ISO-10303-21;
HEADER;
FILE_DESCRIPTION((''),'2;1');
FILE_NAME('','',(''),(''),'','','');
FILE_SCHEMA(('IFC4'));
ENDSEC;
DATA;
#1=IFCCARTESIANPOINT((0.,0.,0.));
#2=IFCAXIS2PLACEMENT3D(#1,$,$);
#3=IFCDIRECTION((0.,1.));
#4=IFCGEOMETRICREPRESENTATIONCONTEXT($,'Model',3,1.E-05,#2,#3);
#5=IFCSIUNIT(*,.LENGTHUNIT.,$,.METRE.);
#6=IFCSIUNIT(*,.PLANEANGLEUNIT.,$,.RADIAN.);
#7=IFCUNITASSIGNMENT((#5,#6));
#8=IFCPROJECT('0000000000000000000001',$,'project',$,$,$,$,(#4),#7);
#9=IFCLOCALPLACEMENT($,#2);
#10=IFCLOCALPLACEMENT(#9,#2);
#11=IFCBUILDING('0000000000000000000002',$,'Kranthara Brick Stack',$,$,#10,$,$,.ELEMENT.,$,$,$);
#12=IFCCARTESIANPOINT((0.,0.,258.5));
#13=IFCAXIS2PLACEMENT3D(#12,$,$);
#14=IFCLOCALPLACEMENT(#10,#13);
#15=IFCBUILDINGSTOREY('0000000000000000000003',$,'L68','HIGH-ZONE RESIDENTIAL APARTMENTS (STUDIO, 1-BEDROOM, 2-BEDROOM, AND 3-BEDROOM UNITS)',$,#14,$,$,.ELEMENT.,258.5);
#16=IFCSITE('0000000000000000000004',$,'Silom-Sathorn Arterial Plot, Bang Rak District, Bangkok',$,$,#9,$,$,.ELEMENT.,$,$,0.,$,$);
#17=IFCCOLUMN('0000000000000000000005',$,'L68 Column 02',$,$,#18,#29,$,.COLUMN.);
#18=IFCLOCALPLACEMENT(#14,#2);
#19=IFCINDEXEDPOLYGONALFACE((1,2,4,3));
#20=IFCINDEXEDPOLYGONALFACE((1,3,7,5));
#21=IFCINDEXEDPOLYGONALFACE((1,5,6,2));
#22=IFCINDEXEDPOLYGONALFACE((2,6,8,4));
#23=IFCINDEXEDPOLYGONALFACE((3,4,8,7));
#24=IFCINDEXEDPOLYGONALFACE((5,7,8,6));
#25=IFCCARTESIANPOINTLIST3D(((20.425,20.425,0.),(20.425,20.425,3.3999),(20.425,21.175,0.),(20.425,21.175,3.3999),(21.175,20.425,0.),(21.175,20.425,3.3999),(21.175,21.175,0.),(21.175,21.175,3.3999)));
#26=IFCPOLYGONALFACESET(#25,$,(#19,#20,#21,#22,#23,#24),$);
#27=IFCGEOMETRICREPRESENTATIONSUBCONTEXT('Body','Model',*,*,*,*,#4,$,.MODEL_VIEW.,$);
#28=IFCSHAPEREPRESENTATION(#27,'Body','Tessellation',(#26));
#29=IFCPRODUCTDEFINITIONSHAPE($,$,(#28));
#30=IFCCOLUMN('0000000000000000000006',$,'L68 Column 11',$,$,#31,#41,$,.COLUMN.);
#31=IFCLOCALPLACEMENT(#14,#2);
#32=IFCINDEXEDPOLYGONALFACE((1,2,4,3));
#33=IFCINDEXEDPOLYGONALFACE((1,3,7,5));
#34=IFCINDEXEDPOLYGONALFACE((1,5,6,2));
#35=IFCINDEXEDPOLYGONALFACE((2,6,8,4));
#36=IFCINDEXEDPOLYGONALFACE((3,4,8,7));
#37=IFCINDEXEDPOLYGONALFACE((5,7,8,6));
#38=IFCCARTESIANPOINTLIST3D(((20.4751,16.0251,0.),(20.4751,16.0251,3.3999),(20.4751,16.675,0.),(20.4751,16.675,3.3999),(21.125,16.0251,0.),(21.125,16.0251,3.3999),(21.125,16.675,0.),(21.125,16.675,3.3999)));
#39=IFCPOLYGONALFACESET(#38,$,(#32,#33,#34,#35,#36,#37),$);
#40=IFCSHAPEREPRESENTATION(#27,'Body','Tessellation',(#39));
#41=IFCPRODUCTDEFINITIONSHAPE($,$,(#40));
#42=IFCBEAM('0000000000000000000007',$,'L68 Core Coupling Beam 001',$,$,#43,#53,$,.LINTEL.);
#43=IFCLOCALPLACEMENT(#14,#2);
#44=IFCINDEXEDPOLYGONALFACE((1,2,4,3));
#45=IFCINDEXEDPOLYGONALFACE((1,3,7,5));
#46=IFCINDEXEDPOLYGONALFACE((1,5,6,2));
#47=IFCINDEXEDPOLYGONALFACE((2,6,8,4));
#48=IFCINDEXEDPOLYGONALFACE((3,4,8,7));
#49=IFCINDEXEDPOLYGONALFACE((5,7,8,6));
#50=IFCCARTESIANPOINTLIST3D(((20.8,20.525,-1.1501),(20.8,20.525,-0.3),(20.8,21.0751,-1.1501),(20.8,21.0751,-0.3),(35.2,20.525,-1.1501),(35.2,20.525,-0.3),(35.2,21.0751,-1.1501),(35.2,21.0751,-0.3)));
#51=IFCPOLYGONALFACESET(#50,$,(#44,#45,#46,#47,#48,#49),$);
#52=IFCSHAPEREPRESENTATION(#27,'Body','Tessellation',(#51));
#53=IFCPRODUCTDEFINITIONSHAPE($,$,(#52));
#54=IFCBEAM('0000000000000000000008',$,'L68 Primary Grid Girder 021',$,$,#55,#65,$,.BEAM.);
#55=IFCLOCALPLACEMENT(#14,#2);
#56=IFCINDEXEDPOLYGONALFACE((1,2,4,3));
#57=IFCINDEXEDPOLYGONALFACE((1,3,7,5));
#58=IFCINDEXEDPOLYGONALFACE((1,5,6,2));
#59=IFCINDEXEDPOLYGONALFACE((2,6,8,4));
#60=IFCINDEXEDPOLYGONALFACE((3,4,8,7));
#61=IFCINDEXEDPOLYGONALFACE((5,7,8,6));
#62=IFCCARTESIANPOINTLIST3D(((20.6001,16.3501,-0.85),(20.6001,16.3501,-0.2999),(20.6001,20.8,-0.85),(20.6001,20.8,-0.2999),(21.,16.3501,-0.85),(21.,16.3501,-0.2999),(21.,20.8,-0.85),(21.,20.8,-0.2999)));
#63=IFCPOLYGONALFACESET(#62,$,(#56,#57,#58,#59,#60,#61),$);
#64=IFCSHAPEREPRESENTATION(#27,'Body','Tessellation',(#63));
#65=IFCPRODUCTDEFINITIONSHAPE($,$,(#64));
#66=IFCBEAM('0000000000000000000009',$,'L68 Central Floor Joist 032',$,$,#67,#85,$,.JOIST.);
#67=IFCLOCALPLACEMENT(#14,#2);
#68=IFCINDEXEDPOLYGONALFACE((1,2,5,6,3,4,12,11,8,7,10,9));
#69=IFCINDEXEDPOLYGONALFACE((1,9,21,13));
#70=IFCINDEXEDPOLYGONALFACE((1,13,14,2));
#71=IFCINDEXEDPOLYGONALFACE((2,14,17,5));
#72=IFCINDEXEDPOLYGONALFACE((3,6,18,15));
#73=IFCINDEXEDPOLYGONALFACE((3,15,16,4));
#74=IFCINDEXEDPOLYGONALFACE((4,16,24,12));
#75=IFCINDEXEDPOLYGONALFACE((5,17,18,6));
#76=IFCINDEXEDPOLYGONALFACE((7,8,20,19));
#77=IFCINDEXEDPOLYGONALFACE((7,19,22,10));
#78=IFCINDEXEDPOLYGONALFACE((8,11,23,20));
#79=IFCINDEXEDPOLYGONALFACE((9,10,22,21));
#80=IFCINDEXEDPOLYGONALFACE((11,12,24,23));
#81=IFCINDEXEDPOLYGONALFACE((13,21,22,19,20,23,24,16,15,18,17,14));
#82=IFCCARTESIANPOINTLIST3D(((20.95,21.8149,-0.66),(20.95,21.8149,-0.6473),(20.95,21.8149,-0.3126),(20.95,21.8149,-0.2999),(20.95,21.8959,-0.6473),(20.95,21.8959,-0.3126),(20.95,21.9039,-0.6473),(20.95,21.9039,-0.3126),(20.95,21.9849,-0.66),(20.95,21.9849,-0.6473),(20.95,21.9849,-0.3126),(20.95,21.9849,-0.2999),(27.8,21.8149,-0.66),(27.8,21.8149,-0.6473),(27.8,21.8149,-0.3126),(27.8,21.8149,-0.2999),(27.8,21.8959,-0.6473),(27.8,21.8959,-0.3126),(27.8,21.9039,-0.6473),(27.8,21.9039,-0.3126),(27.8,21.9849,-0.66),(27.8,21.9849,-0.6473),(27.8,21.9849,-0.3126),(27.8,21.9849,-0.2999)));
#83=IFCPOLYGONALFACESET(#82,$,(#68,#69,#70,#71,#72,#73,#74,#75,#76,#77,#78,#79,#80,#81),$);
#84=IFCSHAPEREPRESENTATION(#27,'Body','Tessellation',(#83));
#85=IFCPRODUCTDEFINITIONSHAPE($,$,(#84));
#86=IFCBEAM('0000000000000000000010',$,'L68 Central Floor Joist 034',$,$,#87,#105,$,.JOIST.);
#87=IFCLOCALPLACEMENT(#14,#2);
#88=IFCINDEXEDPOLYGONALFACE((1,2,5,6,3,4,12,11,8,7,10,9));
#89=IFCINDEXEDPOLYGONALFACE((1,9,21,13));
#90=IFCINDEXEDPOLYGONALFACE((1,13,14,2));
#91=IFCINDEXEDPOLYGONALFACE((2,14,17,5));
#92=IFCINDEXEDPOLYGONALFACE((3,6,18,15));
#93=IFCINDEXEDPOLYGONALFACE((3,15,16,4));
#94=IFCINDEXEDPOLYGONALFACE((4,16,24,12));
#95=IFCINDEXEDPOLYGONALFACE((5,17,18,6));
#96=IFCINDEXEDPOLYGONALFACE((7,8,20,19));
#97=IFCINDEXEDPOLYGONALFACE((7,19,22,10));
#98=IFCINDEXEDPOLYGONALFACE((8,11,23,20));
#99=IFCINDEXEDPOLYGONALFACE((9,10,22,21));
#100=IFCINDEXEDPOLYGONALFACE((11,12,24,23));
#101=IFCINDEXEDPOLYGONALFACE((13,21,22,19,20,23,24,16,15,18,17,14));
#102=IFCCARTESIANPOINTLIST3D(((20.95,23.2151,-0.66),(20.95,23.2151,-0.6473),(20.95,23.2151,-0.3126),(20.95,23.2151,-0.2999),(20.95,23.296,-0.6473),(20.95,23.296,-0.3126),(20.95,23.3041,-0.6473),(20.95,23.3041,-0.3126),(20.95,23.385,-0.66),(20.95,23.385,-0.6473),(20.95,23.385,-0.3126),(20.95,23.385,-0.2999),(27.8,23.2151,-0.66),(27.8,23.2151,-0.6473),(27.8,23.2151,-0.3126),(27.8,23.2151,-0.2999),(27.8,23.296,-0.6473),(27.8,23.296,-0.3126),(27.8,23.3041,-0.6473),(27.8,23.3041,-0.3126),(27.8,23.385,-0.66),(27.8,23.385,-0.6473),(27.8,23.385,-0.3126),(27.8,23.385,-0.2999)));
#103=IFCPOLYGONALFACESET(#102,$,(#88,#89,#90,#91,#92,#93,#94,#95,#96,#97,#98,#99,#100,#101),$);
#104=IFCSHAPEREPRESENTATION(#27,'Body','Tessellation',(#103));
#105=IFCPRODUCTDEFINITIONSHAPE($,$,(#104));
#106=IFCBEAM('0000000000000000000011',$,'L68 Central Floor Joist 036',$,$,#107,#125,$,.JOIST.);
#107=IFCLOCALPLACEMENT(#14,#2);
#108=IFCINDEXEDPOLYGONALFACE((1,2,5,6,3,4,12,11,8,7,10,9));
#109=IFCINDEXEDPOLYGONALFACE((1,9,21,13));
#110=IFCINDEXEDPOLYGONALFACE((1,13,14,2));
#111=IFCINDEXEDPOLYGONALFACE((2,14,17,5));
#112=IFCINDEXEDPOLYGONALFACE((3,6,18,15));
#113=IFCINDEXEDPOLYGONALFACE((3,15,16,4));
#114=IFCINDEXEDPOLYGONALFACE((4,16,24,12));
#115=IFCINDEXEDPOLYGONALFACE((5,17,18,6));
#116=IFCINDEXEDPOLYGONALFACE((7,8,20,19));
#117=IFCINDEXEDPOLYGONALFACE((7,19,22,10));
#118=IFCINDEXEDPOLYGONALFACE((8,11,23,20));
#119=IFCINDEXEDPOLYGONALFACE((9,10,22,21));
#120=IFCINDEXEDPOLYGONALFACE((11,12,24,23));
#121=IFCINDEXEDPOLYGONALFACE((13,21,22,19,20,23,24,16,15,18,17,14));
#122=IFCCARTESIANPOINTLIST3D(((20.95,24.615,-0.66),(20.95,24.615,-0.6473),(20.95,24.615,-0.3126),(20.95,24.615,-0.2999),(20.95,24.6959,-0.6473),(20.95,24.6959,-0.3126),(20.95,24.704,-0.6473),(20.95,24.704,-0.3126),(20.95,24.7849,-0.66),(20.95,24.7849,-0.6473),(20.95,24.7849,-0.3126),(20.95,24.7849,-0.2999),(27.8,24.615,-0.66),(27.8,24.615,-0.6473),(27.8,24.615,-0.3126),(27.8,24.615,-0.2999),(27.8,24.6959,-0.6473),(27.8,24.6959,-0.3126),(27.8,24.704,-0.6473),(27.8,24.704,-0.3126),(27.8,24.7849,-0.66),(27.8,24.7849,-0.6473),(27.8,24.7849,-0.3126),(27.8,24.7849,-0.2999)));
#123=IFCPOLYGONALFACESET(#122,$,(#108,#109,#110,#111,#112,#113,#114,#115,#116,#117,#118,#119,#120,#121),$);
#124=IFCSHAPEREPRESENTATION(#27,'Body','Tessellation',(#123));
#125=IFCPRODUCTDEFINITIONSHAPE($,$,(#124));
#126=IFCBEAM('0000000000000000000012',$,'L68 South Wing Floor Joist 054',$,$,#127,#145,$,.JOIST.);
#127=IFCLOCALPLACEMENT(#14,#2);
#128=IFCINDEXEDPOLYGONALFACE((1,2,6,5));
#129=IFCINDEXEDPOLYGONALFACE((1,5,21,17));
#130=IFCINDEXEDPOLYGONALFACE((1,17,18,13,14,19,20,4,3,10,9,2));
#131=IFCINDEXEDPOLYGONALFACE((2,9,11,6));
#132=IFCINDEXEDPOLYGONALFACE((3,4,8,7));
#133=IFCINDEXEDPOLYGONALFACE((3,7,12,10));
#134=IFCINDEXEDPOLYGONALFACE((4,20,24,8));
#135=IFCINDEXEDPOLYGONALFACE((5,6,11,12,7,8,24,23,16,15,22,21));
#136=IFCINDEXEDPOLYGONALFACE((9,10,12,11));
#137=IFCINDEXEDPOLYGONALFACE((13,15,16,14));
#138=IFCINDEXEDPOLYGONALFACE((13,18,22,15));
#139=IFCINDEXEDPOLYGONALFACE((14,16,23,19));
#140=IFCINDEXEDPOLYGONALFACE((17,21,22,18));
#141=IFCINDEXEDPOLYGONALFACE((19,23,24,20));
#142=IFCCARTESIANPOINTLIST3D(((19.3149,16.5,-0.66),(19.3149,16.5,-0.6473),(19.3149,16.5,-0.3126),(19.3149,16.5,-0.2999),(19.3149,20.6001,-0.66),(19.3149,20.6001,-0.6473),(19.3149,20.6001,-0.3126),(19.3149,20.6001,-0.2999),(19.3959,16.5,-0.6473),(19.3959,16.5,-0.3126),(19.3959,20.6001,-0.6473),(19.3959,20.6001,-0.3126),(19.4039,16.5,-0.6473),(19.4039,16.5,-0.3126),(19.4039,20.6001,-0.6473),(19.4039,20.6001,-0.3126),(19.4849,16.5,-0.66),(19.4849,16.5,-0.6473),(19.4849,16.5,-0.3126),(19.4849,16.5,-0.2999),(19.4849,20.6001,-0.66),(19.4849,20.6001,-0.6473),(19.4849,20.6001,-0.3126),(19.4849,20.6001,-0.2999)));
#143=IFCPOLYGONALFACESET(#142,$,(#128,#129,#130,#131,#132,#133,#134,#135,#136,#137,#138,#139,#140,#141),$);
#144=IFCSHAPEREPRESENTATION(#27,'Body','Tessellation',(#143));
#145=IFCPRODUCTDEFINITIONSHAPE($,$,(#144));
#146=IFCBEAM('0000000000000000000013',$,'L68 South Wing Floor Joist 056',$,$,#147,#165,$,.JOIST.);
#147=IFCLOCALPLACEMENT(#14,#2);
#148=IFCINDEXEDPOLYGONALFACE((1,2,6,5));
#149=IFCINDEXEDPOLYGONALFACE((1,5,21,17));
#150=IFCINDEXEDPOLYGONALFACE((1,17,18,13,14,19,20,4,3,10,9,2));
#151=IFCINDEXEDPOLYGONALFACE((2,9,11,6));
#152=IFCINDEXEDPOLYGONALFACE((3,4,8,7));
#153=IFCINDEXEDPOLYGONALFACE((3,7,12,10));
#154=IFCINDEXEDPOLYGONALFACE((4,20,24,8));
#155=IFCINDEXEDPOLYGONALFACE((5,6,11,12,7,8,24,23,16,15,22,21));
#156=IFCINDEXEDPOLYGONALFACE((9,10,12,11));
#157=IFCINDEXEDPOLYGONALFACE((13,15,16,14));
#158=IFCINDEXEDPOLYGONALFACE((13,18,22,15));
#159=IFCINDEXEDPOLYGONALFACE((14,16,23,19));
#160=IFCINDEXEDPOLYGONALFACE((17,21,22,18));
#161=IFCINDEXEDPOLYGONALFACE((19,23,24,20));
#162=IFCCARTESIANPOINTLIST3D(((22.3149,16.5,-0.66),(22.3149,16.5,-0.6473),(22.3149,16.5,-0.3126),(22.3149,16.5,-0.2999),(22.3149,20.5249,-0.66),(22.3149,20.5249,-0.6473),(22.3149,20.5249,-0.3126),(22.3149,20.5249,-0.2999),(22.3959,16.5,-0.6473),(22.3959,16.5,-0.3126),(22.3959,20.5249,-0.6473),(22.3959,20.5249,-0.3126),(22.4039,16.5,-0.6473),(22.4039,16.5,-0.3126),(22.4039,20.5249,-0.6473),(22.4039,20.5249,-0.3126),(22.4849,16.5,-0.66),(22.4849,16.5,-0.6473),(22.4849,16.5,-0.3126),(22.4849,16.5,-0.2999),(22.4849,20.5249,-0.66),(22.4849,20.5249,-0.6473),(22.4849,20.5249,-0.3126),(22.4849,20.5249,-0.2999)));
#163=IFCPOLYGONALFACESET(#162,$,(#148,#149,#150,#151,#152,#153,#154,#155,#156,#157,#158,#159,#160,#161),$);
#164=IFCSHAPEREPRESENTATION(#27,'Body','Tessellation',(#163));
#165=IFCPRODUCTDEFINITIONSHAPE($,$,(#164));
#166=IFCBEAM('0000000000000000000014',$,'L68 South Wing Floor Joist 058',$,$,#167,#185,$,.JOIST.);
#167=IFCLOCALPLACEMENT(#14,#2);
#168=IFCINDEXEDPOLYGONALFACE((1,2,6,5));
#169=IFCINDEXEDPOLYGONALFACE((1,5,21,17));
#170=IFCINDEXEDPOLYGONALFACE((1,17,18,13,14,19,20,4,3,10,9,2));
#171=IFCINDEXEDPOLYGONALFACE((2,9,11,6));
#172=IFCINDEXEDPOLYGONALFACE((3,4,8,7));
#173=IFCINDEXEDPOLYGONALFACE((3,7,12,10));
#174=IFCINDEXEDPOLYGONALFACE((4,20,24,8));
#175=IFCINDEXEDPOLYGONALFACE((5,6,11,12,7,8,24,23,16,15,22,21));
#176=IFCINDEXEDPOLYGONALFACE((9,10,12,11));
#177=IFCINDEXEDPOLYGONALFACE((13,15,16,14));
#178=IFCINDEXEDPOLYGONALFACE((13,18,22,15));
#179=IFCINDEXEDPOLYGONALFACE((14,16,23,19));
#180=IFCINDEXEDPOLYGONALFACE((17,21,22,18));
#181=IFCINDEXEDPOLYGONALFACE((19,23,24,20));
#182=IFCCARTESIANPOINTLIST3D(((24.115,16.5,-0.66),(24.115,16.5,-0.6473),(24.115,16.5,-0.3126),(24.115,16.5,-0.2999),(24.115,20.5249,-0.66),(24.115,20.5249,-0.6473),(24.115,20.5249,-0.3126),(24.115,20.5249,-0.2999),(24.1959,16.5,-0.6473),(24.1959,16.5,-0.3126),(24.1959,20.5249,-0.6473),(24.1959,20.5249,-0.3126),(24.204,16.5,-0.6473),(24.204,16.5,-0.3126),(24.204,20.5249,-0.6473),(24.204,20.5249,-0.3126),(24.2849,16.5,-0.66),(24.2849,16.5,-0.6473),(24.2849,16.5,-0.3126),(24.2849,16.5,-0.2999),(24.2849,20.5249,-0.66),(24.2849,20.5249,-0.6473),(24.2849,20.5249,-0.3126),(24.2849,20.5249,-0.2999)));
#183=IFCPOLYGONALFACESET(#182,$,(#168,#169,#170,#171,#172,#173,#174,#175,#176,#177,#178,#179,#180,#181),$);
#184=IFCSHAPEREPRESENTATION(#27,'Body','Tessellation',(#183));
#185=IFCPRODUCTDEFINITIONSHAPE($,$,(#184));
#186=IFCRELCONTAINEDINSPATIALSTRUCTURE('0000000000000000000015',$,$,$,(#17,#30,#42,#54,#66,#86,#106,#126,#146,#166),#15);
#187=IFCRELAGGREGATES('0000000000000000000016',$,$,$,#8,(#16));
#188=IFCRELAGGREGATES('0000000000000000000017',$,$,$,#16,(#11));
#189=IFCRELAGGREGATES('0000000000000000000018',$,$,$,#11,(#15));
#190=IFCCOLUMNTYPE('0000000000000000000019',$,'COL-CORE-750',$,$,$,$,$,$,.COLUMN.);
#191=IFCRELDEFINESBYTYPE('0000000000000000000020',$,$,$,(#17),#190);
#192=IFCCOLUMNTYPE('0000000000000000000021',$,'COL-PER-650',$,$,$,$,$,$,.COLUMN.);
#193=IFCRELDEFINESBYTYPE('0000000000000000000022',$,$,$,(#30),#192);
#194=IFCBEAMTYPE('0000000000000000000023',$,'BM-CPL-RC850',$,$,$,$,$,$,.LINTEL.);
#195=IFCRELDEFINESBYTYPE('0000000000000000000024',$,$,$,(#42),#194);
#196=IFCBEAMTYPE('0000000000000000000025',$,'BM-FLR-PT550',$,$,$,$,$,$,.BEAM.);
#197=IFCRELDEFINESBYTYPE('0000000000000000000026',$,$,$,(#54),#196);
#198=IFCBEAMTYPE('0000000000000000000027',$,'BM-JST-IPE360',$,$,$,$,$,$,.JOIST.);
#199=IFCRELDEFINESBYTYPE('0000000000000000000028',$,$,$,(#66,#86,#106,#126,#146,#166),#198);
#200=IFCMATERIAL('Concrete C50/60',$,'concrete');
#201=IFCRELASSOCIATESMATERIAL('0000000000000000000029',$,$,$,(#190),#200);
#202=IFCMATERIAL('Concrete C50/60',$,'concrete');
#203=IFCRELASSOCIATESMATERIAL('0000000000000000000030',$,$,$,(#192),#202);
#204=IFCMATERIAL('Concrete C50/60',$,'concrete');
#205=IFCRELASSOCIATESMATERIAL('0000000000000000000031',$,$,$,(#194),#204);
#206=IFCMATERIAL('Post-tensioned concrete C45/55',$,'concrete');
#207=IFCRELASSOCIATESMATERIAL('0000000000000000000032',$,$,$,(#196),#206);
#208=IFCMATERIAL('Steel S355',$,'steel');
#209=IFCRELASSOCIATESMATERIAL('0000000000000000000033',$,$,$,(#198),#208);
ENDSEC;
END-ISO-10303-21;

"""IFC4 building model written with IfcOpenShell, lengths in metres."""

from ifc_helpers import new_model, si_unit, direction, frame, origin, origin_2d, place, context, subcontext, project, spatial, rectangle, i_section, extrude, material, material_profile, profile_set, type_object, element, save


model = new_model("IFC4")

# Units and contexts
model_context = context("Model", 3, precision=1e-05, world=origin(), true_north=direction((0.0, 1.0)))
body_context = subcontext(model_context, "Body", "Model", "MODEL_VIEW")
ifc_project = project(units=[si_unit("LENGTHUNIT", "METRE"), si_unit("PLANEANGLEUNIT", "RADIAN")], contexts=[model_context])

# Site, building, storey
site_placement = place(None, origin())
site = spatial("IfcSite", under=ifc_project, at=site_placement, Name="Silom-Sathorn Arterial Plot, Bang Rak District, Bangkok", CompositionType="ELEMENT", RefElevation=0.0)
building_placement = place(site_placement, origin())
building = spatial("IfcBuilding", under=site, at=building_placement, Name="Kranthara Brick Stack", CompositionType="ELEMENT")
storey_placement = place(building_placement, frame((0.0, 0.0, 258.5)))
storey = spatial("IfcBuildingStorey", under=building, at=storey_placement, Name="L68", Description="HIGH-ZONE RESIDENTIAL APARTMENTS (STUDIO, 1-BEDROOM, 2-BEDROOM, AND 3-BEDROOM UNITS)", CompositionType="ELEMENT", Elevation=258.5)

# Columns
ifc_material_1 = material(Name="Concrete C50/60", Category="concrete")
ifc_material_profile_1 = material_profile(ifc_material_1, rectangle(XDim=0.75, YDim=0.75, at=origin_2d()), Name="RC 750x750")
ifc_profile_set_1 = profile_set([ifc_material_profile_1], Name="Concrete C50/60")
column_type_1 = type_object("IfcColumnType", Name="COL-CORE-750", PredefinedType="COLUMN", material=ifc_profile_set_1)
column_1_placement = place(storey_placement, frame((20.8, 20.8, 0.0), z_axis=(0.0, 0.0, 1.0), x_axis=(1.0, 0.0, 0.0)))
element("IfcColumn", 1, at=column_1_placement, inside=storey, type_object=column_type_1, Name="L68 Column 02", PredefinedType="COLUMN", context=body_context, shape_type="SweptSolid", body=[
    extrude(rectangle(XDim=0.75, YDim=0.75, at=origin_2d()), origin(), (0.0, 0.0, 1.0), 3.3999),
])
ifc_material_2 = material(Name="Concrete C50/60", Category="concrete")
ifc_material_profile_2 = material_profile(ifc_material_2, rectangle(XDim=0.6499, YDim=0.6499, at=origin_2d()), Name="RC 650x650")
ifc_profile_set_2 = profile_set([ifc_material_profile_2], Name="Concrete C50/60")
column_type_2 = type_object("IfcColumnType", Name="COL-PER-650", PredefinedType="COLUMN", material=ifc_profile_set_2)
column_2_placement = place(storey_placement, frame((20.8, 16.3501, 0.0), z_axis=(0.0, 0.0, 1.0), x_axis=(1.0, 0.0, 0.0)))
element("IfcColumn", 2, at=column_2_placement, inside=storey, type_object=column_type_2, Name="L68 Column 11", PredefinedType="COLUMN", context=body_context, shape_type="SweptSolid", body=[
    extrude(rectangle(XDim=0.6499, YDim=0.6499, at=origin_2d()), origin(), (0.0, 0.0, 1.0), 3.3999),
])

# Beams
ifc_material_3 = material(Name="Concrete C50/60", Category="concrete")
ifc_material_profile_3 = material_profile(ifc_material_3, rectangle(XDim=0.55, YDim=0.8501, at=origin_2d()), Name="RC 550x850")
ifc_profile_set_3 = profile_set([ifc_material_profile_3], Name="Concrete C50/60")
beam_type_1 = type_object("IfcBeamType", Name="BM-CPL-RC850", PredefinedType="LINTEL", material=ifc_profile_set_3)
beam_1_placement = place(storey_placement, frame((20.8, 20.8, -0.7251), z_axis=(1.0, 0.0, 0.0), x_axis=(0.0, 1.0, 0.0)))
element("IfcBeam", 3, at=beam_1_placement, inside=storey, type_object=beam_type_1, Name="L68 Core Coupling Beam 001", PredefinedType="LINTEL", context=body_context, shape_type="SweptSolid", body=[
    extrude(rectangle(XDim=0.55, YDim=0.8501, at=origin_2d()), origin(), (0.0, 0.0, 1.0), 14.3999),
])
ifc_material_4 = material(Name="Post-tensioned concrete C45/55", Category="concrete")
ifc_material_profile_4 = material_profile(ifc_material_4, rectangle(XDim=0.3999, YDim=0.55, at=origin_2d()), Name="PT 400x550")
ifc_profile_set_4 = profile_set([ifc_material_profile_4], Name="Post-tensioned concrete C45/55")
beam_type_2 = type_object("IfcBeamType", Name="BM-FLR-PT550", PredefinedType="BEAM", material=ifc_profile_set_4)
beam_2_placement = place(storey_placement, frame((20.8, 16.3501, -0.575), z_axis=(0.0, 1.0, 0.0), x_axis=(-1.0, 0.0, 0.0)))
element("IfcBeam", 4, at=beam_2_placement, inside=storey, type_object=beam_type_2, Name="L68 Primary Grid Girder 021", PredefinedType="BEAM", context=body_context, shape_type="SweptSolid", body=[
    extrude(rectangle(XDim=0.3999, YDim=0.55, at=origin_2d()), origin(), (0.0, 0.0, 1.0), 4.45),
])
ifc_material_5 = material(Name="Steel S355", Category="steel")
ifc_material_profile_5 = material_profile(ifc_material_5, i_section(OverallWidth=0.1699, OverallDepth=0.3601, WebThickness=0.0081, FlangeThickness=0.0127, at=origin_2d()), Name="IPE 360")
ifc_profile_set_5 = profile_set([ifc_material_profile_5], Name="Steel S355")
beam_type_3 = type_object("IfcBeamType", Name="BM-JST-IPE360", PredefinedType="JOIST", material=ifc_profile_set_5)
for number, where, z_axis, x_axis, name in (
    (5, (20.95, 21.8999, -0.48), (1.0, 0.0, 0.0), (0.0, 1.0, 0.0), "L68 Central Floor Joist 032"),
    (6, (20.95, 23.3, -0.48), (1.0, 0.0, 0.0), (0.0, 1.0, 0.0), "L68 Central Floor Joist 034"),
    (7, (20.95, 24.7, -0.48), (1.0, 0.0, 0.0), (0.0, 1.0, 0.0), "L68 Central Floor Joist 036"),
):
    element("IfcBeam", number, at=place(storey_placement, frame(where, z_axis=z_axis, x_axis=x_axis)), inside=storey, type_object=beam_type_3, Name=name, PredefinedType="JOIST", context=body_context, shape_type="SweptSolid", body=[
        extrude(i_section(OverallWidth=0.1699, OverallDepth=0.3601, WebThickness=0.0081, FlangeThickness=0.0127, at=origin_2d()), origin(), (0.0, 0.0, 1.0), 6.8501),
    ])
beam_3_placement = place(storey_placement, frame((19.3999, 16.5, -0.48), z_axis=(0.0, 1.0, 0.0), x_axis=(-1.0, 0.0, 0.0)))
element("IfcBeam", 8, at=beam_3_placement, inside=storey, type_object=beam_type_3, Name="L68 South Wing Floor Joist 054", PredefinedType="JOIST", context=body_context, shape_type="SweptSolid", body=[
    extrude(i_section(OverallWidth=0.1699, OverallDepth=0.3601, WebThickness=0.0081, FlangeThickness=0.0127, at=origin_2d()), origin(), (0.0, 0.0, 1.0), 4.1001),
])
for number, where, z_axis, x_axis, name in (
    (9, (22.3999, 16.5, -0.48), (0.0, 1.0, 0.0), (-1.0, 0.0, 0.0), "L68 South Wing Floor Joist 056"),
    (10, (24.2, 16.5, -0.48), (0.0, 1.0, 0.0), (-1.0, 0.0, 0.0), "L68 South Wing Floor Joist 058"),
):
    element("IfcBeam", number, at=place(storey_placement, frame(where, z_axis=z_axis, x_axis=x_axis)), inside=storey, type_object=beam_type_3, Name=name, PredefinedType="JOIST", context=body_context, shape_type="SweptSolid", body=[
        extrude(i_section(OverallWidth=0.1699, OverallDepth=0.3601, WebThickness=0.0081, FlangeThickness=0.0127, at=origin_2d()), origin(), (0.0, 0.0, 1.0), 4.0249),
    ])

save(model, "model.ifc")
